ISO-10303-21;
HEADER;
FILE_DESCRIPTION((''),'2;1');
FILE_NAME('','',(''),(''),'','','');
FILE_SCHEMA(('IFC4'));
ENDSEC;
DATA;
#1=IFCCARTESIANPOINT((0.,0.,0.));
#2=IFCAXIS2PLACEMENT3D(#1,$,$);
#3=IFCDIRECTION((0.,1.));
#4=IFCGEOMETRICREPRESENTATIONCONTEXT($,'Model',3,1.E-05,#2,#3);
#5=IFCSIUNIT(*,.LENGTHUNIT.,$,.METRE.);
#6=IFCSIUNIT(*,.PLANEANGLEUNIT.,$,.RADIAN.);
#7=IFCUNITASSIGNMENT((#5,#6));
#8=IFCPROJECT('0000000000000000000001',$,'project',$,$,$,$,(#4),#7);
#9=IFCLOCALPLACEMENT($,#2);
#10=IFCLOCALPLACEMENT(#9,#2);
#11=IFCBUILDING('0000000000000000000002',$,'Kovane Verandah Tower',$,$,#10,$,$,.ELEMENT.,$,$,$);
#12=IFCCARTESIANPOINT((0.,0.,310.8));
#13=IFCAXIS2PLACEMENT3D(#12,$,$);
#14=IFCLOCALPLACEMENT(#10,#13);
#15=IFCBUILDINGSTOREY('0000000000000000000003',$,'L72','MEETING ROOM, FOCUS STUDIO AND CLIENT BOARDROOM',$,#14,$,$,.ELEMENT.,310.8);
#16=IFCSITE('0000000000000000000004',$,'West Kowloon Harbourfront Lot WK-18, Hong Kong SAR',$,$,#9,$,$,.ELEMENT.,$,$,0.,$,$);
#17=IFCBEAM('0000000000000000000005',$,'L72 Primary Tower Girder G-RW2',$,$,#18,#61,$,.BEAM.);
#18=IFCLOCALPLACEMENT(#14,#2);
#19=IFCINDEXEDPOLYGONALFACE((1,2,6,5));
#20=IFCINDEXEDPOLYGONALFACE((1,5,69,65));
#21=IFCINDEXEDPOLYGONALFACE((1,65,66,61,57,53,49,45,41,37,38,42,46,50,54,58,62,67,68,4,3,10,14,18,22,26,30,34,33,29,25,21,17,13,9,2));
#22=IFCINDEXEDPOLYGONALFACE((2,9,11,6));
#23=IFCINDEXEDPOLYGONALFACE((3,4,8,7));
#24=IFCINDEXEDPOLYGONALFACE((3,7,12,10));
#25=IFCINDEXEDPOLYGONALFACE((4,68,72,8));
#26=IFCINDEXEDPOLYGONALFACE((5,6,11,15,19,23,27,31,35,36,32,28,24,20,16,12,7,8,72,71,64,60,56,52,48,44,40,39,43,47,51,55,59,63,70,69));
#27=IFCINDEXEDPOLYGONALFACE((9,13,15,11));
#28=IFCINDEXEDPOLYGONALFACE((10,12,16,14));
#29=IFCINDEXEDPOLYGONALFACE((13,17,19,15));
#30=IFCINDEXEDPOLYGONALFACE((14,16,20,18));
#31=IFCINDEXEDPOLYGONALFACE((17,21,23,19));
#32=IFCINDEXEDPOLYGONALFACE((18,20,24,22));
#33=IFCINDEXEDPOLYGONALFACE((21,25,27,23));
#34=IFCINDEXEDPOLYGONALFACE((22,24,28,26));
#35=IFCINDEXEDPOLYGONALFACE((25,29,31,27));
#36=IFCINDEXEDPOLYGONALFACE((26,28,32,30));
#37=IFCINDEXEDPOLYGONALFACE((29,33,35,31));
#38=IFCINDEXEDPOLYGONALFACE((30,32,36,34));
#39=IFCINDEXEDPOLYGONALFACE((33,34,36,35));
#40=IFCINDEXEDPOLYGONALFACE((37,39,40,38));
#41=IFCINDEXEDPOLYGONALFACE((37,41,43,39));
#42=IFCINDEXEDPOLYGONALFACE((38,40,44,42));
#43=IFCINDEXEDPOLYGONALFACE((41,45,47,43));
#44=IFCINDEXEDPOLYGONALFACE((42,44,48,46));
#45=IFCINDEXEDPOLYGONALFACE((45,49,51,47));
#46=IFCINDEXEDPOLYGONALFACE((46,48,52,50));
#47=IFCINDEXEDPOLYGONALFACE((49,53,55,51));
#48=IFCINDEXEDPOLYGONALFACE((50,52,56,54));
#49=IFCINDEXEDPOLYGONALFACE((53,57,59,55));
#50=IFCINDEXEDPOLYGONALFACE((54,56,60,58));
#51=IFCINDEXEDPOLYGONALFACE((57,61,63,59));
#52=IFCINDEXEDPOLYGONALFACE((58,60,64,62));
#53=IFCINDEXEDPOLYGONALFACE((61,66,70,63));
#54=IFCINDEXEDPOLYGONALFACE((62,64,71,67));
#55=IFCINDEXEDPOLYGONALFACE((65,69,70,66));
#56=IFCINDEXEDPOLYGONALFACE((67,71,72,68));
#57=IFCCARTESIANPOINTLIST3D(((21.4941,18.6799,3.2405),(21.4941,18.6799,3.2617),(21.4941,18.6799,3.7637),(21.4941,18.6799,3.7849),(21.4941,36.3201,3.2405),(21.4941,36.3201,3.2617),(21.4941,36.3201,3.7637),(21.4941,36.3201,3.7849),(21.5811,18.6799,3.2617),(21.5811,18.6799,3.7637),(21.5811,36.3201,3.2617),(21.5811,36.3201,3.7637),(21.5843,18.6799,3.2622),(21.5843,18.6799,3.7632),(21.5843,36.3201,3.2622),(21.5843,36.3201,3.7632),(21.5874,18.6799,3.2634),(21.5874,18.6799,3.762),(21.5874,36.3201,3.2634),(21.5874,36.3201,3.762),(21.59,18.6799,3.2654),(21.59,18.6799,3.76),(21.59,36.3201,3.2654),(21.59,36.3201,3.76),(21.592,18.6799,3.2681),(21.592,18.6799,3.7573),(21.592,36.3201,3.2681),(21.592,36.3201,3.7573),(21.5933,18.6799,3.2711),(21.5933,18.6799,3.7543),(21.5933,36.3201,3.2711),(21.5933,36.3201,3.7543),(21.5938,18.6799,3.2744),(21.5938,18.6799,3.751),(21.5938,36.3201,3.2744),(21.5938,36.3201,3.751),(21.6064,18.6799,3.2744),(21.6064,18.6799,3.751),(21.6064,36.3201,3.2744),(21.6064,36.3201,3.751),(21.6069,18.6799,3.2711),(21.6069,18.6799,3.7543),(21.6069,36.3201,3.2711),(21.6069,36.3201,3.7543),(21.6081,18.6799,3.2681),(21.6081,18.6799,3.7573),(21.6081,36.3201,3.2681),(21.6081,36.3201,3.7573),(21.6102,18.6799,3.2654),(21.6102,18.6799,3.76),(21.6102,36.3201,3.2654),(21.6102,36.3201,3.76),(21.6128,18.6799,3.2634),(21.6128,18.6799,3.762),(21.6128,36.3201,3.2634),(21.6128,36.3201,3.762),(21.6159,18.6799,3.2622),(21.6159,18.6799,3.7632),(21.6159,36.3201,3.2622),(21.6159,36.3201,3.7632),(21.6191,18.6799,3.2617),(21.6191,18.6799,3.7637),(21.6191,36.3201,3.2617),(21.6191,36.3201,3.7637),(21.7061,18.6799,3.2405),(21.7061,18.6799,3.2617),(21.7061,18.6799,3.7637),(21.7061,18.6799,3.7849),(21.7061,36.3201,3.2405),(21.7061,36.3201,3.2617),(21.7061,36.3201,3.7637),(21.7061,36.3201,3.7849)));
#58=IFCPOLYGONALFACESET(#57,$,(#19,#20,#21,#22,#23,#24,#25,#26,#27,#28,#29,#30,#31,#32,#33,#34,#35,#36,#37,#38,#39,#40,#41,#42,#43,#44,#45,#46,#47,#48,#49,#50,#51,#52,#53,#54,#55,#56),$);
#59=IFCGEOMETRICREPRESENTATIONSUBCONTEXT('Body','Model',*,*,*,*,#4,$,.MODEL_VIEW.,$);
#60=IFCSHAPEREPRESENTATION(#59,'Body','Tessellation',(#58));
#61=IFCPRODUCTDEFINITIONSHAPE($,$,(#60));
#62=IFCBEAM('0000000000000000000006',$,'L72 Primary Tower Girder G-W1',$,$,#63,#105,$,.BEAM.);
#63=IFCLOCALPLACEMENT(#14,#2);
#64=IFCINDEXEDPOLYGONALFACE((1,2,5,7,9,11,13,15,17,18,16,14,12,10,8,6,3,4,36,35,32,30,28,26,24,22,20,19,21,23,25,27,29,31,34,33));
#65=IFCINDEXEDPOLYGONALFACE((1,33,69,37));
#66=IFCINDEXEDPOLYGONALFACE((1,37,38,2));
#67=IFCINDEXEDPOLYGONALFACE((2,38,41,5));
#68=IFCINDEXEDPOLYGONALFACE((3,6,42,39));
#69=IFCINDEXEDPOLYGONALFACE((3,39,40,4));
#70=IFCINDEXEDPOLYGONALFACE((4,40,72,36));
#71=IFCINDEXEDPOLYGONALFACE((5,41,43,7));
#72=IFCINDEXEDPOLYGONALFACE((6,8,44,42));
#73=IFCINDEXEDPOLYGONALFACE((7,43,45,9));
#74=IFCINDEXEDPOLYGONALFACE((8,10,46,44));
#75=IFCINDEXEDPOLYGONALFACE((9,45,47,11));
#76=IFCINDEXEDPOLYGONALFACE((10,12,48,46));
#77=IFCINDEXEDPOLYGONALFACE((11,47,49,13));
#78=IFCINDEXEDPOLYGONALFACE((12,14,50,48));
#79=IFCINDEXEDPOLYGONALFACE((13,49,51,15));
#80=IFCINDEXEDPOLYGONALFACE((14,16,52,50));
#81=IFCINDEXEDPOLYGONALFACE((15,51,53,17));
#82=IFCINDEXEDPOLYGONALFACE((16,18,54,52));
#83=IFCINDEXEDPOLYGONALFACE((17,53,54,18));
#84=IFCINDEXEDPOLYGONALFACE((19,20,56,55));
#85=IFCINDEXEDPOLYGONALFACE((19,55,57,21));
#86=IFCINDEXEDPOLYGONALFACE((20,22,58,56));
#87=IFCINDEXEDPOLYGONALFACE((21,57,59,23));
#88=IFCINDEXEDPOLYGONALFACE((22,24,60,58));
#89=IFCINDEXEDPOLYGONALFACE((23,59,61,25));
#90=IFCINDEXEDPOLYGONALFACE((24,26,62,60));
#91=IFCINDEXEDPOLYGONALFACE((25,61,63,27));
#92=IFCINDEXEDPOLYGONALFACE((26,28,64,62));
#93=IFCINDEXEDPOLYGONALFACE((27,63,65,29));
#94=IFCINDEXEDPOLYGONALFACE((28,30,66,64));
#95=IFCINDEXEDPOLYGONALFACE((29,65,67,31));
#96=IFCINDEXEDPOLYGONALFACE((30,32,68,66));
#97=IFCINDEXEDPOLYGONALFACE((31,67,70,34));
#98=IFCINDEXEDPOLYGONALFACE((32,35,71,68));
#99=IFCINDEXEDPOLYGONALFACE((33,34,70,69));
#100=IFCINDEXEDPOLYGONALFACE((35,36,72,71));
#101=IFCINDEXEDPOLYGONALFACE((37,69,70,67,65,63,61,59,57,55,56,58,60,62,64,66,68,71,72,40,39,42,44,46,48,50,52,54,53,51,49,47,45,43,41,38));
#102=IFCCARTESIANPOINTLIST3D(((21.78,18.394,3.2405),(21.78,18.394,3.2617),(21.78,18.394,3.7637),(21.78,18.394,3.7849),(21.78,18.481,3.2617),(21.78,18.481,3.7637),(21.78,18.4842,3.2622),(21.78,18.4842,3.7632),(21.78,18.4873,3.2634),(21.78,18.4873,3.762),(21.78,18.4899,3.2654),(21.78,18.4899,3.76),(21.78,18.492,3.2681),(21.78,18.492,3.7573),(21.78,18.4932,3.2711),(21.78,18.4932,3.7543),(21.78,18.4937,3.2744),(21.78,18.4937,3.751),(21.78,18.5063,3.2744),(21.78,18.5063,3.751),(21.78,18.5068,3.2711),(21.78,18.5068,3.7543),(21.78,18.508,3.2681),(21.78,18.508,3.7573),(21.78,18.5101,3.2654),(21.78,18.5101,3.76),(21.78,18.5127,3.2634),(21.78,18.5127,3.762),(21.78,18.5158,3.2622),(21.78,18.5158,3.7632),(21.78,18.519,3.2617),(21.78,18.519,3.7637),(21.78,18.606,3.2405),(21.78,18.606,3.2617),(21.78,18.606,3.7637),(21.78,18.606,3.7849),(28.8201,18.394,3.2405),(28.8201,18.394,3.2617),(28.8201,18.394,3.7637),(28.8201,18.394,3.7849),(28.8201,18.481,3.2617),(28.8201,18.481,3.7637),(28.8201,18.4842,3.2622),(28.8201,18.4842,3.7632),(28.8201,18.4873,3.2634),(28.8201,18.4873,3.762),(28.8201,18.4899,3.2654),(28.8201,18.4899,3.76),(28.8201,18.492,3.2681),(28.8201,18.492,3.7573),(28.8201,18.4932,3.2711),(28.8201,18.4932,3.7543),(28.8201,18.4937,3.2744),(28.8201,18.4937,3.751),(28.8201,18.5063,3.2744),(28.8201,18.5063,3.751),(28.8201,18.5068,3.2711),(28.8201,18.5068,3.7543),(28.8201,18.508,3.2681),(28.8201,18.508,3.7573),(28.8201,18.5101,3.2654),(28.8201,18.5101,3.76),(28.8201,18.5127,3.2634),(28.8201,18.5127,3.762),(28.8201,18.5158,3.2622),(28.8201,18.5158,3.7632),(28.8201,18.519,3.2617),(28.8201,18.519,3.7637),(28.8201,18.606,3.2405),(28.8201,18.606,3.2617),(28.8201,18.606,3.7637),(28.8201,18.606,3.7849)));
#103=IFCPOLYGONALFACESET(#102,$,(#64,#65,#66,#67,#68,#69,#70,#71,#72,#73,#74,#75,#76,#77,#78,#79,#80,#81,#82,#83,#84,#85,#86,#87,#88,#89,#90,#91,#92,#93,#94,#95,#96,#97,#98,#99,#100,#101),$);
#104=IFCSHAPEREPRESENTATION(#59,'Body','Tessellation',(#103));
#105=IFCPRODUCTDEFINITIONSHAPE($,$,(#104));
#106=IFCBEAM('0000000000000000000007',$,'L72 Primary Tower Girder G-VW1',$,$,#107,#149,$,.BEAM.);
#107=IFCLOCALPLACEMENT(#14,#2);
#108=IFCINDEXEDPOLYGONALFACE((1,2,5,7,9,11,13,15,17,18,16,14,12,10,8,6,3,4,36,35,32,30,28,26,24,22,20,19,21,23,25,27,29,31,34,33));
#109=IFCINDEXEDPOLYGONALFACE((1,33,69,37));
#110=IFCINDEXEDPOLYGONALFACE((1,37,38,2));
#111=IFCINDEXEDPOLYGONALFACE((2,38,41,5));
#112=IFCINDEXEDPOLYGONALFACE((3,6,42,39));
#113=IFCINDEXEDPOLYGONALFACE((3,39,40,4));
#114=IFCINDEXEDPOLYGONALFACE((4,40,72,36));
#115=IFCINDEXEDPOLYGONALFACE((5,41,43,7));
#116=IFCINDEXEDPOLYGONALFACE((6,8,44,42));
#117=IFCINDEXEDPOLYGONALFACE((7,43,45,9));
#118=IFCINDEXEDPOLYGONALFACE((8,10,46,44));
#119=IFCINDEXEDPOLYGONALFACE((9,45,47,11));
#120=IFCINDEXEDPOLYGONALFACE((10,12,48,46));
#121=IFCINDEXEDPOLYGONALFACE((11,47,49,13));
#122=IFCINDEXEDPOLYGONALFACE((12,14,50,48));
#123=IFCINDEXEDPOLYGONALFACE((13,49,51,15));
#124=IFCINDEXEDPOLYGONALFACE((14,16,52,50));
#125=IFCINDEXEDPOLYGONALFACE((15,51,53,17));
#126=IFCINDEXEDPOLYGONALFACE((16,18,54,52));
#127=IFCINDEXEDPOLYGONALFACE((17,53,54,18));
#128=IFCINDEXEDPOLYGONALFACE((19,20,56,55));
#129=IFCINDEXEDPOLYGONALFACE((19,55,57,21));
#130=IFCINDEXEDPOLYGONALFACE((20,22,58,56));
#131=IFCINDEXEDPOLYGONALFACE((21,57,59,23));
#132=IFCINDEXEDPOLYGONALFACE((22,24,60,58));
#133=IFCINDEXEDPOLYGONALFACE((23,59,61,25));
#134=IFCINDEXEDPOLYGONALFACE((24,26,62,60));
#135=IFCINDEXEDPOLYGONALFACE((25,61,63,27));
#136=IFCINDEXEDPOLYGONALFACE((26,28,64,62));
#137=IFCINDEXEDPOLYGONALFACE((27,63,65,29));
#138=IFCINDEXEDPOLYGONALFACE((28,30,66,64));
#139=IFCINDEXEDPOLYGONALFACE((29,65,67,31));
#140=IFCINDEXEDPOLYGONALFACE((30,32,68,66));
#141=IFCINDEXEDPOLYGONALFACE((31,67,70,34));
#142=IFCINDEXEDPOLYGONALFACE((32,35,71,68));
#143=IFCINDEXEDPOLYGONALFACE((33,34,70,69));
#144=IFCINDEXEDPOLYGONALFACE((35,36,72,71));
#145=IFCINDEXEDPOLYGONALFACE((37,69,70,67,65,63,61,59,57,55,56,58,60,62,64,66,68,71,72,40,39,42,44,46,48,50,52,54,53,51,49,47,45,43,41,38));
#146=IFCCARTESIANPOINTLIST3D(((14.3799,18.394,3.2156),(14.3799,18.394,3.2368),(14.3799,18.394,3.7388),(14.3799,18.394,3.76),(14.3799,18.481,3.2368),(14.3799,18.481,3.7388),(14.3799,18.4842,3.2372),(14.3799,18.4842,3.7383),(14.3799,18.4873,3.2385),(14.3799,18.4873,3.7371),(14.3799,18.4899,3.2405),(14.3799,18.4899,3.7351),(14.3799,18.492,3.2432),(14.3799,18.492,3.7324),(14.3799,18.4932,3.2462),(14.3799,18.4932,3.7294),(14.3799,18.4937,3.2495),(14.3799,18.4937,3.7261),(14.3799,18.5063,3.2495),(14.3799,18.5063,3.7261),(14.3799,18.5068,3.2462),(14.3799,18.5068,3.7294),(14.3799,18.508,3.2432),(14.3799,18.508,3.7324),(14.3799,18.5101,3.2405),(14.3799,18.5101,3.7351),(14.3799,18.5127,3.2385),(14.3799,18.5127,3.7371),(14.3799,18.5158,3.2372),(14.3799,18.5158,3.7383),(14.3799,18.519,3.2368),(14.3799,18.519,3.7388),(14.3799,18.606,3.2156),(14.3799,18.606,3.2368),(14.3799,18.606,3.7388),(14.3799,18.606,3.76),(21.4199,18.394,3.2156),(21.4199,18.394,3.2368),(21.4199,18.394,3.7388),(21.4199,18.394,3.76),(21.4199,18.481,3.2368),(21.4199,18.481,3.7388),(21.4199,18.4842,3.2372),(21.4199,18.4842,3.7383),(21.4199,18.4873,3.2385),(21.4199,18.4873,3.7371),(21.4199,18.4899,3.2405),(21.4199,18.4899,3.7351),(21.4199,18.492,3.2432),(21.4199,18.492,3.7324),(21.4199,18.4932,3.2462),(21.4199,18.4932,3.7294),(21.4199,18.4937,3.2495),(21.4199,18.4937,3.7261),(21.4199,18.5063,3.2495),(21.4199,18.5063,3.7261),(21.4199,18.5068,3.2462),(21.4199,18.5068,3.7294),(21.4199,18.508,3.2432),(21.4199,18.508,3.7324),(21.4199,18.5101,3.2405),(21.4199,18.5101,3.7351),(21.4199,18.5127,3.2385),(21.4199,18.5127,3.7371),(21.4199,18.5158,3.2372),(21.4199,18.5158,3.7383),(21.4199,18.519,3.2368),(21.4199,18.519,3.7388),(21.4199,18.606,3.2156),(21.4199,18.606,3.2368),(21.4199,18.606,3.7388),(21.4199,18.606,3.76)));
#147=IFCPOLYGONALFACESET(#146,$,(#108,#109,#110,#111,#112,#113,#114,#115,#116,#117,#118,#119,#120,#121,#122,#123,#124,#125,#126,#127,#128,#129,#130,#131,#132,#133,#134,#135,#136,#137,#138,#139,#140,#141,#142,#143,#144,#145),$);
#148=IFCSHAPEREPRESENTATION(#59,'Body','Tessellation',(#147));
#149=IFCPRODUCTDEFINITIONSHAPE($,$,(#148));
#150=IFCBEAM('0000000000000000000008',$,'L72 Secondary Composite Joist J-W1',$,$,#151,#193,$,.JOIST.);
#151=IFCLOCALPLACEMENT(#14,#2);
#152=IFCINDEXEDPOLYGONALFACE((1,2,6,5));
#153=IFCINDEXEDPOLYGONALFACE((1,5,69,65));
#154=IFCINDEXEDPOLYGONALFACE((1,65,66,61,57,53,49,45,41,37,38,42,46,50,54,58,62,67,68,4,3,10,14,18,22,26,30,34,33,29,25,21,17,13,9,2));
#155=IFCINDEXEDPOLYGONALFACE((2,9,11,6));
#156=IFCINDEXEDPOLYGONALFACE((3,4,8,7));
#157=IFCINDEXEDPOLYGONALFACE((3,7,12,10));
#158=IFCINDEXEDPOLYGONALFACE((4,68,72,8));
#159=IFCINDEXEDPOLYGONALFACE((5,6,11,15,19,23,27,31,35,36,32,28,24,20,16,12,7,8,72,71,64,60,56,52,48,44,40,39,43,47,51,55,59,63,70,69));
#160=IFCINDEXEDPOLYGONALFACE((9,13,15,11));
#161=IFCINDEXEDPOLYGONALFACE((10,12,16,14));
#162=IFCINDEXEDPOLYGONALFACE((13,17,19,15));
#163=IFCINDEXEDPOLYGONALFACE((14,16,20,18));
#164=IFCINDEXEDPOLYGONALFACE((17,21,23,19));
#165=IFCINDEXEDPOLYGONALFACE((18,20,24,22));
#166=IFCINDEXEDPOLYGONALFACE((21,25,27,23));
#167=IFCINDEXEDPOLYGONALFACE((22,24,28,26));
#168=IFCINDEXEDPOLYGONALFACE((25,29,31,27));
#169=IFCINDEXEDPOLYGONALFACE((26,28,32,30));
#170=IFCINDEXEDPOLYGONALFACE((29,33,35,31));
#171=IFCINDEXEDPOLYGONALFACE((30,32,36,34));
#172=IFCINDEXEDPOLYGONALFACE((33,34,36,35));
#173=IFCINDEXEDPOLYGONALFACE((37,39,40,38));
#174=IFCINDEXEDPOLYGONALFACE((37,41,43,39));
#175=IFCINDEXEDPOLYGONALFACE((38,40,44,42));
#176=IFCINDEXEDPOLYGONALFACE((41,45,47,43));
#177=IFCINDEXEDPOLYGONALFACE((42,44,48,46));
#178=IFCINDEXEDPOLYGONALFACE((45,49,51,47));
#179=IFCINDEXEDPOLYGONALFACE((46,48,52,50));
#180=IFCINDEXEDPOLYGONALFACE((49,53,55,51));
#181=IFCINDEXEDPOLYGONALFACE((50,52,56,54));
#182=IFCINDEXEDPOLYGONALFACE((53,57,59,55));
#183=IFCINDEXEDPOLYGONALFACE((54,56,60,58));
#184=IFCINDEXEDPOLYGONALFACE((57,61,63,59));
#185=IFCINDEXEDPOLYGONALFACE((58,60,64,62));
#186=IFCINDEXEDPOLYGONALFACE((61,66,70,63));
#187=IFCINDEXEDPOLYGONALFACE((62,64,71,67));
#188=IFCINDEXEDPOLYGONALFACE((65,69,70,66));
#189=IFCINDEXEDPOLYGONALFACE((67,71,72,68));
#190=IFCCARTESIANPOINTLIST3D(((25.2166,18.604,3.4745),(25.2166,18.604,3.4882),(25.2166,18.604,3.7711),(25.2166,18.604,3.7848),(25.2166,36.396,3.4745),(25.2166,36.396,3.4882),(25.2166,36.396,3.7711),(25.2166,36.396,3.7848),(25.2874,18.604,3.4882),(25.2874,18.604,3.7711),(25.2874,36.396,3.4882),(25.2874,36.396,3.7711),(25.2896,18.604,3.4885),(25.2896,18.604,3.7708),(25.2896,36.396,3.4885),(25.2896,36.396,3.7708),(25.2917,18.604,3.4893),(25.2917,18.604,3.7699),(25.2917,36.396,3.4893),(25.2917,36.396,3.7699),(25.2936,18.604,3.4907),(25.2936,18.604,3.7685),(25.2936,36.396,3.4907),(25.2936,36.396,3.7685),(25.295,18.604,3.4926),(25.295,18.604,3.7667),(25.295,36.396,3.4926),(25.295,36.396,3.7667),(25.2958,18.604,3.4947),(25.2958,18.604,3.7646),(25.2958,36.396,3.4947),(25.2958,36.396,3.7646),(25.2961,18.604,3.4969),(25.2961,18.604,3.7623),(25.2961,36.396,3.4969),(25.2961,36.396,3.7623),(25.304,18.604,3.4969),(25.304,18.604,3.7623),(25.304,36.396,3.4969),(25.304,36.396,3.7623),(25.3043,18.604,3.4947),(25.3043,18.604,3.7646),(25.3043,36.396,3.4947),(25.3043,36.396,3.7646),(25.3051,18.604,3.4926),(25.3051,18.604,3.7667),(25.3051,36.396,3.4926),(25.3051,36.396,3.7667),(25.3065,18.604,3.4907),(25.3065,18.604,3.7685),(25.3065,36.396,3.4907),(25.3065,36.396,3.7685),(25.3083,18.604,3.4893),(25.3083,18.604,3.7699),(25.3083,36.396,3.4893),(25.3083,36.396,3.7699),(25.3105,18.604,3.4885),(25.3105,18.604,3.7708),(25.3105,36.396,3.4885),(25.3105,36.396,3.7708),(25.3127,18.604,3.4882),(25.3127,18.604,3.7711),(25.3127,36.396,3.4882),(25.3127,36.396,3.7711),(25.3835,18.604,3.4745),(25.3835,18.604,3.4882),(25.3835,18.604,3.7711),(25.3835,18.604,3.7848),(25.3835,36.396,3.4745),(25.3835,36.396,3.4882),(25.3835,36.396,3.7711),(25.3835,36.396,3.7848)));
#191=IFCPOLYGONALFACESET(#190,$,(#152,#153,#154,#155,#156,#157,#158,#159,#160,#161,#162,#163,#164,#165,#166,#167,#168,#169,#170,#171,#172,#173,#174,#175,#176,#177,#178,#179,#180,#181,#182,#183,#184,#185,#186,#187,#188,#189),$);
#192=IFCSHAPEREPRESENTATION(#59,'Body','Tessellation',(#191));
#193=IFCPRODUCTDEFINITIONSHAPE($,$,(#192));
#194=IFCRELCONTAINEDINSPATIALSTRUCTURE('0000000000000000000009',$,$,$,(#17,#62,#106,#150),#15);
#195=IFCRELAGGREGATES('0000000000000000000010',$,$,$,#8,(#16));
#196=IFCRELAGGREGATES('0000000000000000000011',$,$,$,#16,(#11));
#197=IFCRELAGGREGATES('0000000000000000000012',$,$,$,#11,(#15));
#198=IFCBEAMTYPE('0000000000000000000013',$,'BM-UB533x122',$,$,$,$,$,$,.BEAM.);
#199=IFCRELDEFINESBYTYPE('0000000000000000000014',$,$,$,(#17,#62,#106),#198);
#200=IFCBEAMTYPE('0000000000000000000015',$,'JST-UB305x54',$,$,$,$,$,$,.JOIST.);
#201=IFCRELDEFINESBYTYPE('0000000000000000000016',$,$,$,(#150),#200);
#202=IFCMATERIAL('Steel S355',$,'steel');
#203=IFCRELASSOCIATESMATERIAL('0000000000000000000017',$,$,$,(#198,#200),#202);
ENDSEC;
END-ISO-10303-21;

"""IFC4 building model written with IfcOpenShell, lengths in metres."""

from ifc_helpers import new_model, si_unit, direction, frame, origin, origin_2d, place, context, subcontext, project, spatial, i_section, extrude, material, material_profile, profile_set, type_object, element, save


model = new_model("IFC4")

# Units and contexts
model_context = context("Model", 3, precision=1e-05, world=origin(), true_north=direction((0.0, 1.0)))
body_context = subcontext(model_context, "Body", "Model", "MODEL_VIEW")
ifc_project = project(units=[si_unit("LENGTHUNIT", "METRE"), si_unit("PLANEANGLEUNIT", "RADIAN")], contexts=[model_context])

# Site, building, storey
site_placement = place(None, origin())
site = spatial("IfcSite", under=ifc_project, at=site_placement, Name="West Kowloon Harbourfront Lot WK-18, Hong Kong SAR", CompositionType="ELEMENT", RefElevation=0.0)
building_placement = place(site_placement, origin())
building = spatial("IfcBuilding", under=site, at=building_placement, Name="Kovane Verandah Tower", CompositionType="ELEMENT")
storey_placement = place(building_placement, frame((0.0, 0.0, 310.8)))
storey = spatial("IfcBuildingStorey", under=building, at=storey_placement, Name="L72", Description="MEETING ROOM, FOCUS STUDIO AND CLIENT BOARDROOM", CompositionType="ELEMENT", Elevation=310.8)

# Beams
ifc_material_1 = material(Name="Steel S355", Category="steel")
ifc_material_profile_1 = material_profile(ifc_material_1, i_section(OverallWidth=0.2119, OverallDepth=0.5444, WebThickness=0.0127, FlangeThickness=0.0212, FilletRadius=0.0127, at=origin_2d()), Name="UB533x210x122")
ifc_profile_set_1 = profile_set([ifc_material_profile_1], Name="Steel S355")
beam_type_1 = type_object("IfcBeamType", Name="BM-UB533x122", PredefinedType="BEAM", material=ifc_profile_set_1)
beam_1_placement = place(storey_placement, frame((21.6001, 18.6799, 3.5127), z_axis=(0.0, 1.0, 0.0), x_axis=(-1.0, 0.0, 0.0)))
element("IfcBeam", 1, at=beam_1_placement, inside=storey, type_object=beam_type_1, Name="L72 Primary Tower Girder G-RW2", PredefinedType="BEAM", context=body_context, shape_type="SweptSolid", body=[
    extrude(i_section(OverallWidth=0.2119, OverallDepth=0.5444, WebThickness=0.0127, FlangeThickness=0.0212, FilletRadius=0.0127, at=origin_2d()), origin(), (0.0, 0.0, 1.0), 17.6401),
])
for number, where, z_axis, x_axis, name in (
    (2, (28.8201, 18.5, 3.5127), (-1.0, 0.0, 0.0), (0.0, -1.0, 0.0), "L72 Primary Tower Girder G-W1"),
    (3, (21.4199, 18.5, 3.4878), (-1.0, 0.0, 0.0), (0.0, -1.0, 0.0), "L72 Primary Tower Girder G-VW1"),
):
    element("IfcBeam", number, at=place(storey_placement, frame(where, z_axis=z_axis, x_axis=x_axis)), inside=storey, type_object=beam_type_1, Name=name, PredefinedType="BEAM", context=body_context, shape_type="SweptSolid", body=[
        extrude(i_section(OverallWidth=0.2119, OverallDepth=0.5444, WebThickness=0.0127, FlangeThickness=0.0212, FilletRadius=0.0127, at=origin_2d()), origin(), (0.0, 0.0, 1.0), 7.04),
    ])
ifc_material_profile_2 = material_profile(ifc_material_1, i_section(OverallWidth=0.167, OverallDepth=0.3103, WebThickness=0.0078, FlangeThickness=0.0137, FilletRadius=0.0088, at=origin_2d()), Name="UB305x165x54")
ifc_profile_set_2 = profile_set([ifc_material_profile_2], Name="Steel S355")
beam_type_2 = type_object("IfcBeamType", Name="JST-UB305x54", PredefinedType="JOIST", material=ifc_profile_set_2)
beam_2_placement = place(storey_placement, frame((25.3, 18.604, 3.6296), z_axis=(0.0, 1.0, 0.0), x_axis=(-1.0, 0.0, 0.0)))
element("IfcBeam", 4, at=beam_2_placement, inside=storey, type_object=beam_type_2, Name="L72 Secondary Composite Joist J-W1", PredefinedType="JOIST", context=body_context, shape_type="SweptSolid", body=[
    extrude(i_section(OverallWidth=0.167, OverallDepth=0.3103, WebThickness=0.0078, FlangeThickness=0.0137, FilletRadius=0.0088, at=origin_2d()), origin(), (0.0, 0.0, 1.0), 17.792),
])

save(model, "model.ifc")
